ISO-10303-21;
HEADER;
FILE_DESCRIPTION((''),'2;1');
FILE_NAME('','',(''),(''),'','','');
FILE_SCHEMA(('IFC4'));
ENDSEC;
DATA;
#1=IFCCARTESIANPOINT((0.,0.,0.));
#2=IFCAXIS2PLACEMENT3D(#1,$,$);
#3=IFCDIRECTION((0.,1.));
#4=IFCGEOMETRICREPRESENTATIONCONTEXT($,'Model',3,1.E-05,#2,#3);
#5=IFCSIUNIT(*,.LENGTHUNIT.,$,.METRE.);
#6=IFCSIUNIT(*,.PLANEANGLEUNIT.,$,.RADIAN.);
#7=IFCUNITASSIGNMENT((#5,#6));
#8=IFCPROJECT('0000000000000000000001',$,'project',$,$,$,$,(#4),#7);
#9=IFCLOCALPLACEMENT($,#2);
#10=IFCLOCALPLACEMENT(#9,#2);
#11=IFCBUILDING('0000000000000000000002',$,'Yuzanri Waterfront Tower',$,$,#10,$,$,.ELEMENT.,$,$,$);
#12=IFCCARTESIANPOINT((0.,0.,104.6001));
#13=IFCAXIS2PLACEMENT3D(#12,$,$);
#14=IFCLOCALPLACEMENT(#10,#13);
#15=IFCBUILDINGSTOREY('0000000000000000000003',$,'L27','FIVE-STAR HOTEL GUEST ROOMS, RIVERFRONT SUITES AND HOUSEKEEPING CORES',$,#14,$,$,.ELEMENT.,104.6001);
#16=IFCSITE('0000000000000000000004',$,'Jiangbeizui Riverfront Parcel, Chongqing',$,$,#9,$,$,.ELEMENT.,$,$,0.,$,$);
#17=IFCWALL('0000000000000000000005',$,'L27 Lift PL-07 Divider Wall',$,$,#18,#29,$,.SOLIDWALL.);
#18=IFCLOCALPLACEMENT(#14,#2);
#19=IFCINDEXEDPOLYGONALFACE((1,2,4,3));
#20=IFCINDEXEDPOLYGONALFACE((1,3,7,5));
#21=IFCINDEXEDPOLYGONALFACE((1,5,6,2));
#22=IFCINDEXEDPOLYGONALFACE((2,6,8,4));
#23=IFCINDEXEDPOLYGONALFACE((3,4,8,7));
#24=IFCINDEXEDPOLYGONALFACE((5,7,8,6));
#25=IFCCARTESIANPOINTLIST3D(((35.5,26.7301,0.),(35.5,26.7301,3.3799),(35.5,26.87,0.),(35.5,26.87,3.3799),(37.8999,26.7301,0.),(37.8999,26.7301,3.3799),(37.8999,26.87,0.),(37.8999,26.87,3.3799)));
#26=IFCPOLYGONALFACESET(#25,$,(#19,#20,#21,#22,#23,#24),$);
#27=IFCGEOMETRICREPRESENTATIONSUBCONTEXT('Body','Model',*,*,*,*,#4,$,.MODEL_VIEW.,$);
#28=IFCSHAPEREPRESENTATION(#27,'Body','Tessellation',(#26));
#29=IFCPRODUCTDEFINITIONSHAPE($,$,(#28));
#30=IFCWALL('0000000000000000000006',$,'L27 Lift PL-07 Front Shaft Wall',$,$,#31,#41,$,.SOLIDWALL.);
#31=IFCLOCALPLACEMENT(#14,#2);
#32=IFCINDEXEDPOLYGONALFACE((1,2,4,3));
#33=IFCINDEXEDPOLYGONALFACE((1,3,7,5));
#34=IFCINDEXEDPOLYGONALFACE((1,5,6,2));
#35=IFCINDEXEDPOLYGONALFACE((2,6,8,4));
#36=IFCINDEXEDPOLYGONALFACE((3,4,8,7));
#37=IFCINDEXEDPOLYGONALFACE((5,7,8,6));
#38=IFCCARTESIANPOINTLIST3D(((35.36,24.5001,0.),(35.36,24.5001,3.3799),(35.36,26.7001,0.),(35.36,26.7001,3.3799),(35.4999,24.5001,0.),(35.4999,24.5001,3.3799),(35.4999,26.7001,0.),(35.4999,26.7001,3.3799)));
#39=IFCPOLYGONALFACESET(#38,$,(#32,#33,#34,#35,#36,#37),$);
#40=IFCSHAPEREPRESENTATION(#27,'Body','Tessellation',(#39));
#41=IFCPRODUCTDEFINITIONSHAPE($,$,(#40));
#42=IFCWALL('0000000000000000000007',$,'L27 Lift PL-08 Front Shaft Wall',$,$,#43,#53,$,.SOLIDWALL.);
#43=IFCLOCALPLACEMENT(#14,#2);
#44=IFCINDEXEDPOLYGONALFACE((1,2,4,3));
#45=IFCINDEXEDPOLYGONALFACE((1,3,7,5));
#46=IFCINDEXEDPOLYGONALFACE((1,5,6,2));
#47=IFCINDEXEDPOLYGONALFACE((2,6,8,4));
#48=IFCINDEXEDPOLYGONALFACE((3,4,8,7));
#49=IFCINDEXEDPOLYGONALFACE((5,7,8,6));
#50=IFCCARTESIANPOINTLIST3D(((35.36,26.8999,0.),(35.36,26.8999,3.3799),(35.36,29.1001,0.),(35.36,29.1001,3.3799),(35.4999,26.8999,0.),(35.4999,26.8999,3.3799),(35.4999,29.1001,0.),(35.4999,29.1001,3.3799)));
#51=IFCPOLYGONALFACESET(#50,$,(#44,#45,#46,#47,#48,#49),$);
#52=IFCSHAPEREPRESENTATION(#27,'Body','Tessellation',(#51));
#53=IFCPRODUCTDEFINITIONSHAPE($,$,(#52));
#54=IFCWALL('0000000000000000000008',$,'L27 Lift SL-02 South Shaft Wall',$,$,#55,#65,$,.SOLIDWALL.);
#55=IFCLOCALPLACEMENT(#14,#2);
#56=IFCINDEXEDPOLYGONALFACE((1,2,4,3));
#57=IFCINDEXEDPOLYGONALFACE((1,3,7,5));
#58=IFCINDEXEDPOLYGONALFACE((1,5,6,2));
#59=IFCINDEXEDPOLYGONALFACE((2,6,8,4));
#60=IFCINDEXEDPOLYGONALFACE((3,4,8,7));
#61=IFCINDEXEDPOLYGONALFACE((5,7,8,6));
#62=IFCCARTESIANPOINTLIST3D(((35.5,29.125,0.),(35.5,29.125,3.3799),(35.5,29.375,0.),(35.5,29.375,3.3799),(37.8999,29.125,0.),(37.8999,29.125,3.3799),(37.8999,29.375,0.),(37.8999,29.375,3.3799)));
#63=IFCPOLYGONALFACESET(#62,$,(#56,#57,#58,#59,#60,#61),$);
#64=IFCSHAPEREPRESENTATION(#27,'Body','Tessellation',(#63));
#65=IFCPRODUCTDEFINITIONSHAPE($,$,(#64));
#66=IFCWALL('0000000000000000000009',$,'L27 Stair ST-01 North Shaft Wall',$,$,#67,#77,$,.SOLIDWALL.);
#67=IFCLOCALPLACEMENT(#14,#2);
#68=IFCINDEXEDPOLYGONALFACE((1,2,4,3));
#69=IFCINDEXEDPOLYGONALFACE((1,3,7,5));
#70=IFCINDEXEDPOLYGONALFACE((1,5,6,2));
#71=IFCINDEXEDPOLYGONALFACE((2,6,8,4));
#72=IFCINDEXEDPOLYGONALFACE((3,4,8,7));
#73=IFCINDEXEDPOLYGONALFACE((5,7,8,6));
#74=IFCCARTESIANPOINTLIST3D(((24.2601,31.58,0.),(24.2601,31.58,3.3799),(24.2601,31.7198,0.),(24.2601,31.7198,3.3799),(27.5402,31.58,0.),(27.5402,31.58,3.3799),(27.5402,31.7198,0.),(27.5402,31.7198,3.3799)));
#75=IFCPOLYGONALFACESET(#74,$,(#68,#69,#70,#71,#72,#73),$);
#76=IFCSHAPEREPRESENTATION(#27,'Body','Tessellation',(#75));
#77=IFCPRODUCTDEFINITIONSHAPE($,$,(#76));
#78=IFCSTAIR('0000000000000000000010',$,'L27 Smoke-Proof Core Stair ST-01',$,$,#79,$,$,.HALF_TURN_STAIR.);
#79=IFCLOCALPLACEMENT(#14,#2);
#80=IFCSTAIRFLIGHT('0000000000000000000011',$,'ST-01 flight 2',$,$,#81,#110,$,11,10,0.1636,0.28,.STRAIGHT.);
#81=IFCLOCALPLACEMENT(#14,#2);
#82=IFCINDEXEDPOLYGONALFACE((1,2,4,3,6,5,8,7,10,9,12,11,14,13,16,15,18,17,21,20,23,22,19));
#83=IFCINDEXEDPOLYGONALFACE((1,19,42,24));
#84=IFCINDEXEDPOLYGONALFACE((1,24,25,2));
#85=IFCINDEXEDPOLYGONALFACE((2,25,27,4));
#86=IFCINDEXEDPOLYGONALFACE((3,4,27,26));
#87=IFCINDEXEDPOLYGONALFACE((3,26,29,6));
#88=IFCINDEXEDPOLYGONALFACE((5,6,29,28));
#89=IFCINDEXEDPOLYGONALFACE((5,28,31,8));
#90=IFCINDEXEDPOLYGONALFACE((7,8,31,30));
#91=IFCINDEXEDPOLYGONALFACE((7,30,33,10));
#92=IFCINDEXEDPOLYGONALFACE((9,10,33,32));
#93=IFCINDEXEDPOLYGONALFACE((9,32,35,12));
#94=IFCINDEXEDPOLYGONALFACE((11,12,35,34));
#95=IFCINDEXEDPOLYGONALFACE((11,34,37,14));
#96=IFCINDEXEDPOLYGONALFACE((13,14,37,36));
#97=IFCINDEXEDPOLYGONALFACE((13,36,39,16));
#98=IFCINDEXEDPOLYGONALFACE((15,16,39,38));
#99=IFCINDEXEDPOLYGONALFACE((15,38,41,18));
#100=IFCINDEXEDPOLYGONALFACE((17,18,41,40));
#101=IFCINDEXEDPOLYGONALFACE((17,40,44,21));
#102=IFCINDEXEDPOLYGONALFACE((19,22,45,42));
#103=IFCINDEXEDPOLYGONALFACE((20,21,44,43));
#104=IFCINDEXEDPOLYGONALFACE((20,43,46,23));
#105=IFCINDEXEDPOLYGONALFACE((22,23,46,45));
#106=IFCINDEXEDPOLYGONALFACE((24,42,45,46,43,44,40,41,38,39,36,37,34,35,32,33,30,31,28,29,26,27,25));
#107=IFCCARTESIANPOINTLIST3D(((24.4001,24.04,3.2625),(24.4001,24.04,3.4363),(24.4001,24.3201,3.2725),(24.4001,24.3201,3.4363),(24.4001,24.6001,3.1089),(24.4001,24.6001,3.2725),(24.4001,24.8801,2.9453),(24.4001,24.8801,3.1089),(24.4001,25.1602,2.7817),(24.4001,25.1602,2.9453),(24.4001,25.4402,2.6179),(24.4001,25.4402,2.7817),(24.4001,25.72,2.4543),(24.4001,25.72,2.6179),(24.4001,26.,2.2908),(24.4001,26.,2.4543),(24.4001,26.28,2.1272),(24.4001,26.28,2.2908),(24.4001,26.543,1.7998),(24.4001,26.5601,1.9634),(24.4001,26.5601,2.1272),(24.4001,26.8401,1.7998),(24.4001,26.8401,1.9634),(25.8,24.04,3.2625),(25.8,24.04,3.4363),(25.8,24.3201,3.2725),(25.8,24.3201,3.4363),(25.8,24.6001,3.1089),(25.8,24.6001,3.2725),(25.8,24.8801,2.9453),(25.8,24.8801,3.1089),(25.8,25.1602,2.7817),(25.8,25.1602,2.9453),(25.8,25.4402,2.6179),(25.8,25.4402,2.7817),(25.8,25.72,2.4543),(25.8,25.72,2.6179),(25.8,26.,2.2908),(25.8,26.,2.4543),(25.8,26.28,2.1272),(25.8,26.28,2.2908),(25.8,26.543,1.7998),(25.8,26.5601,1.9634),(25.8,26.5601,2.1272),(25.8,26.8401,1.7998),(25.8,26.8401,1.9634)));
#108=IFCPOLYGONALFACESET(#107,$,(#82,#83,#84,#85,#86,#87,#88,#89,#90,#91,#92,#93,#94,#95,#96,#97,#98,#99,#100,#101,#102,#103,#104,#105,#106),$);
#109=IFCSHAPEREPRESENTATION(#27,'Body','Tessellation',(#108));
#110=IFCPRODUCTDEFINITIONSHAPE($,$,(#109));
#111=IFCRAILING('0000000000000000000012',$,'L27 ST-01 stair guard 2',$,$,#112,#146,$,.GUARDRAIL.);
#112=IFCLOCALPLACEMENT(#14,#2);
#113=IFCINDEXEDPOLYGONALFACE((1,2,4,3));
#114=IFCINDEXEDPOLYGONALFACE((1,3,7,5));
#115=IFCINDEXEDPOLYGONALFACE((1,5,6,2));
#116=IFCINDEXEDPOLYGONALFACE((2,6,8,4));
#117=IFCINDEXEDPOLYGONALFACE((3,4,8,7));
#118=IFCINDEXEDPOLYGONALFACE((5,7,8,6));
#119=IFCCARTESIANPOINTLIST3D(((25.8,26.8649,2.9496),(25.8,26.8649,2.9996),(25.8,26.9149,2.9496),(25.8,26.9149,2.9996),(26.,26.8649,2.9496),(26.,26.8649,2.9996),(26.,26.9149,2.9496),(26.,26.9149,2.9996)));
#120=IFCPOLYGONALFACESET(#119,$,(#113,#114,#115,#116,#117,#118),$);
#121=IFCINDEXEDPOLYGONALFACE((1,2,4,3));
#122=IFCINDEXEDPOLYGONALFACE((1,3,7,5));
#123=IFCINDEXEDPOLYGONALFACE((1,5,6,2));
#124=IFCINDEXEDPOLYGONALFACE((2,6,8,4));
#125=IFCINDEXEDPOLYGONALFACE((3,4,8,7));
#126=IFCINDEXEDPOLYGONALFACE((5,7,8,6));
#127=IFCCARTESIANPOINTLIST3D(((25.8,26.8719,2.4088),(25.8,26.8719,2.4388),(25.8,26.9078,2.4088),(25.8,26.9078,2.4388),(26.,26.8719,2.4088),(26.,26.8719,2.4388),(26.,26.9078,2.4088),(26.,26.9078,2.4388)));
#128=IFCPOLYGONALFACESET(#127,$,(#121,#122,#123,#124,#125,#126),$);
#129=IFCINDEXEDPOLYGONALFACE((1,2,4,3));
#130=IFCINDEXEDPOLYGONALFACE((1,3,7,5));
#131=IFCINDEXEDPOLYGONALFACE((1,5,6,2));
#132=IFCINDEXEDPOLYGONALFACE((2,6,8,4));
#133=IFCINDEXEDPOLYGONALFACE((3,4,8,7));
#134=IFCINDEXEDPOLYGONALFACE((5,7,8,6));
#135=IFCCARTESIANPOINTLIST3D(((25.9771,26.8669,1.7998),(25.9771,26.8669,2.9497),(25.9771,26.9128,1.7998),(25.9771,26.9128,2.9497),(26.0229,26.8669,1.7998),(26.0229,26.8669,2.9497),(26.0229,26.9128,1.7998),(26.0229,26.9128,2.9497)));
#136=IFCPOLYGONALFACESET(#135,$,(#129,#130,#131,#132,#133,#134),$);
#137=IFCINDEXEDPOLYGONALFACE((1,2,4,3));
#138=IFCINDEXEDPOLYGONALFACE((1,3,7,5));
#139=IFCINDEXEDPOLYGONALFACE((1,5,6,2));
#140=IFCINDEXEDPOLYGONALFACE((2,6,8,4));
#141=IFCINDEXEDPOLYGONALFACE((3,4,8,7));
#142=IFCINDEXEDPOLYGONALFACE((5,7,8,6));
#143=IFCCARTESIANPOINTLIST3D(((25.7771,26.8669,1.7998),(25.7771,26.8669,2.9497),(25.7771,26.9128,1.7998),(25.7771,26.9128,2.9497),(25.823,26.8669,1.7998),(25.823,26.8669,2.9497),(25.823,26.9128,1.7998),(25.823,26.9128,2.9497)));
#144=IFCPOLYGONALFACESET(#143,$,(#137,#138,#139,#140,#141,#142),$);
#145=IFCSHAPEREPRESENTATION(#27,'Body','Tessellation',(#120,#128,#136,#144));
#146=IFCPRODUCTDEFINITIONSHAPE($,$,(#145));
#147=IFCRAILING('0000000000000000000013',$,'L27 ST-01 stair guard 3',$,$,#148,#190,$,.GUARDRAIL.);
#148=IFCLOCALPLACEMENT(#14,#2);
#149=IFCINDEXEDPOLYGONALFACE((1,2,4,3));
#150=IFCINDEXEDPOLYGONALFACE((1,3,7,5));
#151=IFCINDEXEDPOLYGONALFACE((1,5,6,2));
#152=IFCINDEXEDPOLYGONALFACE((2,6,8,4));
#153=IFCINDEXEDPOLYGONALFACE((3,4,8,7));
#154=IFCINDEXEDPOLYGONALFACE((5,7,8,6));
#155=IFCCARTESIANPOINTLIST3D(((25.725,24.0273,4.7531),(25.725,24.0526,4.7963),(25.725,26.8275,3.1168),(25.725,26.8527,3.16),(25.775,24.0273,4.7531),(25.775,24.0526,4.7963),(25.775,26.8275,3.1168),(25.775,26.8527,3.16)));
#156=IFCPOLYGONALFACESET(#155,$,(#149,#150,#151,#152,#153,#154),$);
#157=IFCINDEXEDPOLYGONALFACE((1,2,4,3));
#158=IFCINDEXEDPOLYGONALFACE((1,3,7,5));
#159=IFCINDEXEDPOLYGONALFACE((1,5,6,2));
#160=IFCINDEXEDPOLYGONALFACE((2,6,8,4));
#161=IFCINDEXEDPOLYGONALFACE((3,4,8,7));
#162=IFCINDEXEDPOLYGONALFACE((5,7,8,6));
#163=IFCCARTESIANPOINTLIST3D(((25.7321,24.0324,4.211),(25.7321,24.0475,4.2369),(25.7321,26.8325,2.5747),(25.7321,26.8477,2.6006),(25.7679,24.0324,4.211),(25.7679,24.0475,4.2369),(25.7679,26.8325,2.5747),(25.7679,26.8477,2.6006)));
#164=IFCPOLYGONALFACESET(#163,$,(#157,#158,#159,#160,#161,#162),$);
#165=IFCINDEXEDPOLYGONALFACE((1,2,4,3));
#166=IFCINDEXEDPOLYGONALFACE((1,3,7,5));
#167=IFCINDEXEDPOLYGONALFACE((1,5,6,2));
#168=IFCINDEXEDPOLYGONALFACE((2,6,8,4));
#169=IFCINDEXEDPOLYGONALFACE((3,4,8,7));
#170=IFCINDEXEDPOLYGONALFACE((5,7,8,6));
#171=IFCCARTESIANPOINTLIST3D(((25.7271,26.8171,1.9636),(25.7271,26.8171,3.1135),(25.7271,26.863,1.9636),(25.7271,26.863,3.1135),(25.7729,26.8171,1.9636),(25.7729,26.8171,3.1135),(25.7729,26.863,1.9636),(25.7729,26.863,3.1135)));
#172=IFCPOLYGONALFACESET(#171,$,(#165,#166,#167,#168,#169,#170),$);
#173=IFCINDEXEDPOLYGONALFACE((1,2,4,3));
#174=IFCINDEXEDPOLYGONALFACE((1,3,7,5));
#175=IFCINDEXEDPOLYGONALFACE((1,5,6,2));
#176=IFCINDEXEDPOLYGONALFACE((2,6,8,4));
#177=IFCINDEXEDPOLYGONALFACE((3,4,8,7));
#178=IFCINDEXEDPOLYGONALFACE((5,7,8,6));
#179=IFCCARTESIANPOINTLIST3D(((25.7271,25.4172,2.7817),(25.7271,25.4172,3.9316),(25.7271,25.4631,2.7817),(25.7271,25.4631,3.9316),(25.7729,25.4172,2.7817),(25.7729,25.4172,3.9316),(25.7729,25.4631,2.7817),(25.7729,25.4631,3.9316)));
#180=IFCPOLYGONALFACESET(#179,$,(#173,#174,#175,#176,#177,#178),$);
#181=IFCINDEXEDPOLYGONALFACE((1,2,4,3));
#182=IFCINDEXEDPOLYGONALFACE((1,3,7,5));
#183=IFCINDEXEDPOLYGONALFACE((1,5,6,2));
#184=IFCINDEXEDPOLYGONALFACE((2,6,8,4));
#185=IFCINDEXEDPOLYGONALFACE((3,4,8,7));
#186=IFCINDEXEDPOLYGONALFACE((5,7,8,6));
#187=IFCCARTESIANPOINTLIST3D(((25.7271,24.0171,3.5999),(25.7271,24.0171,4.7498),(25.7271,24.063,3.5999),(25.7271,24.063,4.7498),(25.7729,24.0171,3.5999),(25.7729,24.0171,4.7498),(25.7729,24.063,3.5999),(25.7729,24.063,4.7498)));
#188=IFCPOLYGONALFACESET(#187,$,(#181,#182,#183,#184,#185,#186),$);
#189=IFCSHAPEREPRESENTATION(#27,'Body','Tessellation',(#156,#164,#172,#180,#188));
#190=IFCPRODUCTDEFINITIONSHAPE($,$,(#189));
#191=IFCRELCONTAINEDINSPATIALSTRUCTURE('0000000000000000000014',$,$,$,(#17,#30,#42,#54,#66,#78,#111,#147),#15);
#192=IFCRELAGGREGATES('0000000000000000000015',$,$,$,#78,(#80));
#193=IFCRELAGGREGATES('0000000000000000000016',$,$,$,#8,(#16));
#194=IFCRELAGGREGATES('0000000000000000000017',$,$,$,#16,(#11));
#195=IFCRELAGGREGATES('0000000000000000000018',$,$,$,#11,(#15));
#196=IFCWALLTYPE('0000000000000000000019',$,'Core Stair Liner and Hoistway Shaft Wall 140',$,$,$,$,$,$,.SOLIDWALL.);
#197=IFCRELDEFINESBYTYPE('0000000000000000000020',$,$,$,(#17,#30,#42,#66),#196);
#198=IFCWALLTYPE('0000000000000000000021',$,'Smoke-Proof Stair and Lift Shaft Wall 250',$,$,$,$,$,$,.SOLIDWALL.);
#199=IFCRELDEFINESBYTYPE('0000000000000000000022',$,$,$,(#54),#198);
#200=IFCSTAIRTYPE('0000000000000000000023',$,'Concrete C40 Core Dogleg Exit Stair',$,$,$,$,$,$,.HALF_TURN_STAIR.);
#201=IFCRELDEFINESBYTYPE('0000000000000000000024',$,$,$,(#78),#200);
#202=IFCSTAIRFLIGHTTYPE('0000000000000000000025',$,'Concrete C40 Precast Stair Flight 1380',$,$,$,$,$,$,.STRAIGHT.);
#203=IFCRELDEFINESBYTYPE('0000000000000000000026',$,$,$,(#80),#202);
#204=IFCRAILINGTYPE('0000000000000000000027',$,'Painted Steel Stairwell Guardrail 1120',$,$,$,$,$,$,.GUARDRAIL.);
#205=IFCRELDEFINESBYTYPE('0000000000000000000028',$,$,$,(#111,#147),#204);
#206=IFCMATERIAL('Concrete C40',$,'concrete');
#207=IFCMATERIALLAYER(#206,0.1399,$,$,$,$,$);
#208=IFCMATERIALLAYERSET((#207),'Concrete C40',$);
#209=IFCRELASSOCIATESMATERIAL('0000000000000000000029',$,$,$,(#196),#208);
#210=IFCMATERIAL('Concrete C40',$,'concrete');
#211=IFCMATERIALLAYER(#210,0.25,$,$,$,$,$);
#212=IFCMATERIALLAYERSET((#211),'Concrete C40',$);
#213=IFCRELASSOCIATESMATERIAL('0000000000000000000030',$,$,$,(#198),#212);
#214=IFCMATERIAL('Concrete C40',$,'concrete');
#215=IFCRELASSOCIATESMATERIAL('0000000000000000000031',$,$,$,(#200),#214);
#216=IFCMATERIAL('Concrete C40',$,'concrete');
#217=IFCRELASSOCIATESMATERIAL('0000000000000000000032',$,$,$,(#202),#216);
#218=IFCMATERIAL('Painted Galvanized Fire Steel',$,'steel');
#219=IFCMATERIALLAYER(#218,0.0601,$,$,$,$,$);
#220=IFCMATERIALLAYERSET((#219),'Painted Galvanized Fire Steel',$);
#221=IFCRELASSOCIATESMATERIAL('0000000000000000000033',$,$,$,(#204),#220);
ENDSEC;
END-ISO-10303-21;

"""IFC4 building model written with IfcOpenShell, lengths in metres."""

from ifc_helpers import new_model, si_unit, direction, frame, frame_2d, origin, origin_2d, place, context, subcontext, project, spatial, polyline, rectangle, outline, extrude, source, transform, mapped, material, layer, layer_set, type_object, element, aggregate, save


model = new_model("IFC4")

# Units and contexts
model_context = context("Model", 3, precision=1e-05, world=origin(), true_north=direction((0.0, 1.0)))
body_context = subcontext(model_context, "Body", "Model", "MODEL_VIEW")
ifc_project = project(units=[si_unit("LENGTHUNIT", "METRE"), si_unit("PLANEANGLEUNIT", "RADIAN")], contexts=[model_context])

# Site, building, storey
site_placement = place(None, origin())
site = spatial("IfcSite", under=ifc_project, at=site_placement, Name="Jiangbeizui Riverfront Parcel, Chongqing", CompositionType="ELEMENT", RefElevation=0.0)
building_placement = place(site_placement, origin())
building = spatial("IfcBuilding", under=site, at=building_placement, Name="Yuzanri Waterfront Tower", CompositionType="ELEMENT")
storey_placement = place(building_placement, frame((0.0, 0.0, 104.6001)))
storey = spatial("IfcBuildingStorey", under=building, at=storey_placement, Name="L27", Description="FIVE-STAR HOTEL GUEST ROOMS, RIVERFRONT SUITES AND HOUSEKEEPING CORES", CompositionType="ELEMENT", Elevation=104.6001)

# Shared definitions
ifc_material_1 = material(Name="Concrete C40", Category="concrete")
ifc_layer_1 = layer(ifc_material_1, 0.1399)
ifc_layer_set_1 = layer_set([ifc_layer_1], Name="Concrete C40")
wall_type_1 = type_object("IfcWallType", Name="Core Stair Liner and Hoistway Shaft Wall 140", PredefinedType="SOLIDWALL", material=ifc_layer_set_1)

# Walls
ifc_material_2 = material(Name="Concrete C40", Category="concrete")
ifc_layer_2 = layer(ifc_material_2, 0.25)
ifc_layer_set_2 = layer_set([ifc_layer_2], Name="Concrete C40")
wall_type_2 = type_object("IfcWallType", Name="Smoke-Proof Stair and Lift Shaft Wall 250", PredefinedType="SOLIDWALL", material=ifc_layer_set_2)
shared_shape_1 = source(origin(), body_context, "Body", "SweptSolid", [
    extrude(rectangle(XDim=2.3999, YDim=0.1399, at=frame_2d((1.2, 0.0))), origin(), (0.0, 0.0, 1.0), 3.3799),
])
wall_1_placement = place(storey_placement, frame((35.5, 26.8, 0.0), z_axis=(0.0, 0.0, 1.0), x_axis=(1.0, 0.0, 0.0)))
element("IfcWall", 1, at=wall_1_placement, inside=storey, type_object=wall_type_1, Name="L27 Lift PL-07 Divider Wall", PredefinedType="SOLIDWALL", context=body_context, shape_type="MappedRepresentation", body=[
    mapped(shared_shape_1, transform((0.0, 0.0, 0.0), scale=1.0)),
])
shared_shape_2 = source(origin(), body_context, "Body", "SweptSolid", [
    extrude(rectangle(XDim=2.2, YDim=0.1399, at=frame_2d((1.1001, 0.0))), origin(), (0.0, 0.0, 1.0), 3.3799),
])
wall_2_placement = place(storey_placement, frame((35.4299, 24.5, 0.0), z_axis=(0.0, 0.0, 1.0), x_axis=(0.0, 1.0, 0.0)))
element("IfcWall", 2, at=wall_2_placement, inside=storey, type_object=wall_type_1, Name="L27 Lift PL-07 Front Shaft Wall", PredefinedType="SOLIDWALL", context=body_context, shape_type="MappedRepresentation", body=[
    mapped(shared_shape_2, transform((0.0, 0.0, 0.0), scale=1.0)),
])
shared_shape_3 = source(origin(), body_context, "Body", "SweptSolid", [
    extrude(rectangle(XDim=2.2002, YDim=0.1399, at=frame_2d((1.1001, 0.0))), origin(), (0.0, 0.0, 1.0), 3.3799),
])
wall_3_placement = place(storey_placement, frame((35.4299, 26.8999, 0.0), z_axis=(0.0, 0.0, 1.0), x_axis=(0.0, 1.0, 0.0)))
element("IfcWall", 3, at=wall_3_placement, inside=storey, type_object=wall_type_1, Name="L27 Lift PL-08 Front Shaft Wall", PredefinedType="SOLIDWALL", context=body_context, shape_type="MappedRepresentation", body=[
    mapped(shared_shape_3, transform((0.0, 0.0, 0.0), scale=1.0)),
])
shared_shape_4 = source(origin(), body_context, "Body", "SweptSolid", [
    extrude(rectangle(XDim=2.3999, YDim=0.25, at=frame_2d((1.2, 0.0))), origin(), (0.0, 0.0, 1.0), 3.3799),
])
wall_4_placement = place(storey_placement, frame((35.5, 29.25, 0.0), z_axis=(0.0, 0.0, 1.0), x_axis=(1.0, 0.0, 0.0)))
element("IfcWall", 4, at=wall_4_placement, inside=storey, type_object=wall_type_2, Name="L27 Lift SL-02 South Shaft Wall", PredefinedType="SOLIDWALL", context=body_context, shape_type="MappedRepresentation", body=[
    mapped(shared_shape_4, transform((0.0, 0.0, 0.0), scale=1.0)),
])
shared_shape_5 = source(origin(), body_context, "Body", "SweptSolid", [
    extrude(rectangle(XDim=3.28, YDim=0.1399, at=frame_2d((1.6401, 0.0))), origin(), (0.0, 0.0, 1.0), 3.3799),
])
wall_5_placement = place(storey_placement, frame((24.26, 31.6499, 0.0), z_axis=(0.0, 0.0, 1.0), x_axis=(1.0, 0.0, 0.0)))
element("IfcWall", 5, at=wall_5_placement, inside=storey, type_object=wall_type_1, Name="L27 Stair ST-01 North Shaft Wall", PredefinedType="SOLIDWALL", context=body_context, shape_type="MappedRepresentation", body=[
    mapped(shared_shape_5, transform((0.0, 0.0, 0.0), scale=1.0)),
])

# Stair, stair flight
ifc_material_3 = material(Name="Concrete C40", Category="concrete")
stair_type = type_object("IfcStairType", Name="Concrete C40 Core Dogleg Exit Stair", PredefinedType="HALF_TURN_STAIR", material=ifc_material_3)
stair_placement = place(storey_placement, origin())
stair = element("IfcStair", 6, at=stair_placement, inside=storey, type_object=stair_type, Name="L27 Smoke-Proof Core Stair ST-01", PredefinedType="HALF_TURN_STAIR")
ifc_material_4 = material(Name="Concrete C40", Category="concrete")
stair_flight_type = type_object("IfcStairFlightType", Name="Concrete C40 Precast Stair Flight 1380", PredefinedType="STRAIGHT", material=ifc_material_4)
shared_shape_6 = source(origin(), body_context, "Body", "SweptSolid", [
    extrude(outline(polyline([(0.0, 0.0), (0.0, 0.1636), (0.28, 0.1636), (0.28, 0.3274), (0.5601, 0.3274), (0.5601, 0.491), (0.8401, 0.491), (0.8401, 0.6545), (1.1201, 0.6545), (1.1201, 0.8181), (1.3999, 0.8181), (1.3999, 0.9819), (1.6799, 0.9819), (1.6799, 1.1455), (1.96, 1.1455), (1.96, 1.3091), (2.24, 1.3091), (2.24, 1.4727), (2.52, 1.4727), (2.52, 1.6365), (2.8, 1.6365), (2.8, 1.8), (2.8, 1.4626), (0.2971, 0.0), (0.0, 0.0)])), frame((0.0, 0.7, 0.0), z_axis=(0.0, -1.0, 0.0), x_axis=(1.0, 0.0, 0.0)), (0.0, 0.0, 1.0), 1.3999),
])
stair_flight_placement = place(storey_placement, frame((25.1001, 26.8401, 1.7998), z_axis=(0.0, 0.0, 1.0), x_axis=(0.0, -1.0, 0.0)))
stair_flight = element("IfcStairFlight", 7, at=stair_flight_placement, type_object=stair_flight_type, Name="ST-01 flight 2", NumberOfRisers=11, NumberOfTreads=10, PredefinedType="STRAIGHT", RiserHeight=0.1636, TreadLength=0.28, context=body_context, shape_type="MappedRepresentation", body=[
    mapped(shared_shape_6, transform((0.0, 0.0, 0.0), scale=1.0)),
])
aggregate(stair, [stair_flight])

# Railings
ifc_material_5 = material(Name="Painted Galvanized Fire Steel", Category="steel")
ifc_layer_3 = layer(ifc_material_5, 0.0601)
ifc_layer_set_3 = layer_set([ifc_layer_3], Name="Painted Galvanized Fire Steel")
railing_type_1 = type_object("IfcRailingType", Name="Painted Steel Stairwell Guardrail 1120", PredefinedType="GUARDRAIL", material=ifc_layer_set_3)
shared_shape_7 = source(origin(), body_context, "Body", "SweptSolid", [
    extrude(rectangle(XDim=0.05, YDim=0.05, at=origin_2d()), frame((0.0, 0.0, 1.1748), z_axis=(-1.0, 0.0, 0.0), x_axis=(0.0, -1.0, 0.0)), (0.0, 0.0, 1.0), 0.2),
    extrude(rectangle(XDim=0.0359, YDim=0.03, at=origin_2d()), frame((0.0, 0.0, 0.624), z_axis=(-1.0, 0.0, 0.0), x_axis=(0.0, -1.0, 0.0)), (0.0, 0.0, 1.0), 0.2),
    extrude(rectangle(XDim=0.0459, YDim=0.0459, at=origin_2d()), origin(), (0.0, 0.0, 1.0), 1.1499),
    extrude(rectangle(XDim=0.0459, YDim=0.0459, at=origin_2d()), frame((-0.2, 0.0, 0.0)), (0.0, 0.0, 1.0), 1.1499),
])
railing_1_placement = place(storey_placement, frame((26.0, 26.8899, 1.7998)))
element("IfcRailing", 8, at=railing_1_placement, inside=storey, type_object=railing_type_1, Name="L27 ST-01 stair guard 2", PredefinedType="GUARDRAIL", context=body_context, shape_type="MappedRepresentation", body=[
    mapped(shared_shape_7, transform((0.0, 0.0, 0.0), scale=1.0)),
])
shared_shape_8 = source(origin(), body_context, "Body", "SweptSolid", [
    extrude(rectangle(XDim=0.05, YDim=0.05, at=origin_2d()), frame((0.0, 0.0, 1.1748), z_axis=(0.0, -0.863394, 0.504531), x_axis=(1.0, 0.0, 0.0)), (0.0, 0.0, 1.0), 3.2432),
    extrude(rectangle(XDim=0.0359, YDim=0.03, at=origin_2d()), frame((0.0, 0.0, 0.624), z_axis=(0.0, -0.863394, 0.504531), x_axis=(1.0, 0.0, 0.0)), (0.0, 0.0, 1.0), 3.2432),
    extrude(rectangle(XDim=0.0459, YDim=0.0459, at=origin_2d()), origin(), (0.0, 0.0, 1.0), 1.1499),
    extrude(rectangle(XDim=0.0459, YDim=0.0459, at=origin_2d()), frame((0.0, -1.3999, 0.8181)), (0.0, 0.0, 1.0), 1.1499),
    extrude(rectangle(XDim=0.0459, YDim=0.0459, at=origin_2d()), frame((0.0, -2.8, 1.6362)), (0.0, 0.0, 1.0), 1.1499),
])
railing_2_placement = place(storey_placement, frame((25.75, 26.8401, 1.9636)))
element("IfcRailing", 9, at=railing_2_placement, inside=storey, type_object=railing_type_1, Name="L27 ST-01 stair guard 3", PredefinedType="GUARDRAIL", context=body_context, shape_type="MappedRepresentation", body=[
    mapped(shared_shape_8, transform((0.0, 0.0, 0.0), scale=1.0)),
])

save(model, "model.ifc")
